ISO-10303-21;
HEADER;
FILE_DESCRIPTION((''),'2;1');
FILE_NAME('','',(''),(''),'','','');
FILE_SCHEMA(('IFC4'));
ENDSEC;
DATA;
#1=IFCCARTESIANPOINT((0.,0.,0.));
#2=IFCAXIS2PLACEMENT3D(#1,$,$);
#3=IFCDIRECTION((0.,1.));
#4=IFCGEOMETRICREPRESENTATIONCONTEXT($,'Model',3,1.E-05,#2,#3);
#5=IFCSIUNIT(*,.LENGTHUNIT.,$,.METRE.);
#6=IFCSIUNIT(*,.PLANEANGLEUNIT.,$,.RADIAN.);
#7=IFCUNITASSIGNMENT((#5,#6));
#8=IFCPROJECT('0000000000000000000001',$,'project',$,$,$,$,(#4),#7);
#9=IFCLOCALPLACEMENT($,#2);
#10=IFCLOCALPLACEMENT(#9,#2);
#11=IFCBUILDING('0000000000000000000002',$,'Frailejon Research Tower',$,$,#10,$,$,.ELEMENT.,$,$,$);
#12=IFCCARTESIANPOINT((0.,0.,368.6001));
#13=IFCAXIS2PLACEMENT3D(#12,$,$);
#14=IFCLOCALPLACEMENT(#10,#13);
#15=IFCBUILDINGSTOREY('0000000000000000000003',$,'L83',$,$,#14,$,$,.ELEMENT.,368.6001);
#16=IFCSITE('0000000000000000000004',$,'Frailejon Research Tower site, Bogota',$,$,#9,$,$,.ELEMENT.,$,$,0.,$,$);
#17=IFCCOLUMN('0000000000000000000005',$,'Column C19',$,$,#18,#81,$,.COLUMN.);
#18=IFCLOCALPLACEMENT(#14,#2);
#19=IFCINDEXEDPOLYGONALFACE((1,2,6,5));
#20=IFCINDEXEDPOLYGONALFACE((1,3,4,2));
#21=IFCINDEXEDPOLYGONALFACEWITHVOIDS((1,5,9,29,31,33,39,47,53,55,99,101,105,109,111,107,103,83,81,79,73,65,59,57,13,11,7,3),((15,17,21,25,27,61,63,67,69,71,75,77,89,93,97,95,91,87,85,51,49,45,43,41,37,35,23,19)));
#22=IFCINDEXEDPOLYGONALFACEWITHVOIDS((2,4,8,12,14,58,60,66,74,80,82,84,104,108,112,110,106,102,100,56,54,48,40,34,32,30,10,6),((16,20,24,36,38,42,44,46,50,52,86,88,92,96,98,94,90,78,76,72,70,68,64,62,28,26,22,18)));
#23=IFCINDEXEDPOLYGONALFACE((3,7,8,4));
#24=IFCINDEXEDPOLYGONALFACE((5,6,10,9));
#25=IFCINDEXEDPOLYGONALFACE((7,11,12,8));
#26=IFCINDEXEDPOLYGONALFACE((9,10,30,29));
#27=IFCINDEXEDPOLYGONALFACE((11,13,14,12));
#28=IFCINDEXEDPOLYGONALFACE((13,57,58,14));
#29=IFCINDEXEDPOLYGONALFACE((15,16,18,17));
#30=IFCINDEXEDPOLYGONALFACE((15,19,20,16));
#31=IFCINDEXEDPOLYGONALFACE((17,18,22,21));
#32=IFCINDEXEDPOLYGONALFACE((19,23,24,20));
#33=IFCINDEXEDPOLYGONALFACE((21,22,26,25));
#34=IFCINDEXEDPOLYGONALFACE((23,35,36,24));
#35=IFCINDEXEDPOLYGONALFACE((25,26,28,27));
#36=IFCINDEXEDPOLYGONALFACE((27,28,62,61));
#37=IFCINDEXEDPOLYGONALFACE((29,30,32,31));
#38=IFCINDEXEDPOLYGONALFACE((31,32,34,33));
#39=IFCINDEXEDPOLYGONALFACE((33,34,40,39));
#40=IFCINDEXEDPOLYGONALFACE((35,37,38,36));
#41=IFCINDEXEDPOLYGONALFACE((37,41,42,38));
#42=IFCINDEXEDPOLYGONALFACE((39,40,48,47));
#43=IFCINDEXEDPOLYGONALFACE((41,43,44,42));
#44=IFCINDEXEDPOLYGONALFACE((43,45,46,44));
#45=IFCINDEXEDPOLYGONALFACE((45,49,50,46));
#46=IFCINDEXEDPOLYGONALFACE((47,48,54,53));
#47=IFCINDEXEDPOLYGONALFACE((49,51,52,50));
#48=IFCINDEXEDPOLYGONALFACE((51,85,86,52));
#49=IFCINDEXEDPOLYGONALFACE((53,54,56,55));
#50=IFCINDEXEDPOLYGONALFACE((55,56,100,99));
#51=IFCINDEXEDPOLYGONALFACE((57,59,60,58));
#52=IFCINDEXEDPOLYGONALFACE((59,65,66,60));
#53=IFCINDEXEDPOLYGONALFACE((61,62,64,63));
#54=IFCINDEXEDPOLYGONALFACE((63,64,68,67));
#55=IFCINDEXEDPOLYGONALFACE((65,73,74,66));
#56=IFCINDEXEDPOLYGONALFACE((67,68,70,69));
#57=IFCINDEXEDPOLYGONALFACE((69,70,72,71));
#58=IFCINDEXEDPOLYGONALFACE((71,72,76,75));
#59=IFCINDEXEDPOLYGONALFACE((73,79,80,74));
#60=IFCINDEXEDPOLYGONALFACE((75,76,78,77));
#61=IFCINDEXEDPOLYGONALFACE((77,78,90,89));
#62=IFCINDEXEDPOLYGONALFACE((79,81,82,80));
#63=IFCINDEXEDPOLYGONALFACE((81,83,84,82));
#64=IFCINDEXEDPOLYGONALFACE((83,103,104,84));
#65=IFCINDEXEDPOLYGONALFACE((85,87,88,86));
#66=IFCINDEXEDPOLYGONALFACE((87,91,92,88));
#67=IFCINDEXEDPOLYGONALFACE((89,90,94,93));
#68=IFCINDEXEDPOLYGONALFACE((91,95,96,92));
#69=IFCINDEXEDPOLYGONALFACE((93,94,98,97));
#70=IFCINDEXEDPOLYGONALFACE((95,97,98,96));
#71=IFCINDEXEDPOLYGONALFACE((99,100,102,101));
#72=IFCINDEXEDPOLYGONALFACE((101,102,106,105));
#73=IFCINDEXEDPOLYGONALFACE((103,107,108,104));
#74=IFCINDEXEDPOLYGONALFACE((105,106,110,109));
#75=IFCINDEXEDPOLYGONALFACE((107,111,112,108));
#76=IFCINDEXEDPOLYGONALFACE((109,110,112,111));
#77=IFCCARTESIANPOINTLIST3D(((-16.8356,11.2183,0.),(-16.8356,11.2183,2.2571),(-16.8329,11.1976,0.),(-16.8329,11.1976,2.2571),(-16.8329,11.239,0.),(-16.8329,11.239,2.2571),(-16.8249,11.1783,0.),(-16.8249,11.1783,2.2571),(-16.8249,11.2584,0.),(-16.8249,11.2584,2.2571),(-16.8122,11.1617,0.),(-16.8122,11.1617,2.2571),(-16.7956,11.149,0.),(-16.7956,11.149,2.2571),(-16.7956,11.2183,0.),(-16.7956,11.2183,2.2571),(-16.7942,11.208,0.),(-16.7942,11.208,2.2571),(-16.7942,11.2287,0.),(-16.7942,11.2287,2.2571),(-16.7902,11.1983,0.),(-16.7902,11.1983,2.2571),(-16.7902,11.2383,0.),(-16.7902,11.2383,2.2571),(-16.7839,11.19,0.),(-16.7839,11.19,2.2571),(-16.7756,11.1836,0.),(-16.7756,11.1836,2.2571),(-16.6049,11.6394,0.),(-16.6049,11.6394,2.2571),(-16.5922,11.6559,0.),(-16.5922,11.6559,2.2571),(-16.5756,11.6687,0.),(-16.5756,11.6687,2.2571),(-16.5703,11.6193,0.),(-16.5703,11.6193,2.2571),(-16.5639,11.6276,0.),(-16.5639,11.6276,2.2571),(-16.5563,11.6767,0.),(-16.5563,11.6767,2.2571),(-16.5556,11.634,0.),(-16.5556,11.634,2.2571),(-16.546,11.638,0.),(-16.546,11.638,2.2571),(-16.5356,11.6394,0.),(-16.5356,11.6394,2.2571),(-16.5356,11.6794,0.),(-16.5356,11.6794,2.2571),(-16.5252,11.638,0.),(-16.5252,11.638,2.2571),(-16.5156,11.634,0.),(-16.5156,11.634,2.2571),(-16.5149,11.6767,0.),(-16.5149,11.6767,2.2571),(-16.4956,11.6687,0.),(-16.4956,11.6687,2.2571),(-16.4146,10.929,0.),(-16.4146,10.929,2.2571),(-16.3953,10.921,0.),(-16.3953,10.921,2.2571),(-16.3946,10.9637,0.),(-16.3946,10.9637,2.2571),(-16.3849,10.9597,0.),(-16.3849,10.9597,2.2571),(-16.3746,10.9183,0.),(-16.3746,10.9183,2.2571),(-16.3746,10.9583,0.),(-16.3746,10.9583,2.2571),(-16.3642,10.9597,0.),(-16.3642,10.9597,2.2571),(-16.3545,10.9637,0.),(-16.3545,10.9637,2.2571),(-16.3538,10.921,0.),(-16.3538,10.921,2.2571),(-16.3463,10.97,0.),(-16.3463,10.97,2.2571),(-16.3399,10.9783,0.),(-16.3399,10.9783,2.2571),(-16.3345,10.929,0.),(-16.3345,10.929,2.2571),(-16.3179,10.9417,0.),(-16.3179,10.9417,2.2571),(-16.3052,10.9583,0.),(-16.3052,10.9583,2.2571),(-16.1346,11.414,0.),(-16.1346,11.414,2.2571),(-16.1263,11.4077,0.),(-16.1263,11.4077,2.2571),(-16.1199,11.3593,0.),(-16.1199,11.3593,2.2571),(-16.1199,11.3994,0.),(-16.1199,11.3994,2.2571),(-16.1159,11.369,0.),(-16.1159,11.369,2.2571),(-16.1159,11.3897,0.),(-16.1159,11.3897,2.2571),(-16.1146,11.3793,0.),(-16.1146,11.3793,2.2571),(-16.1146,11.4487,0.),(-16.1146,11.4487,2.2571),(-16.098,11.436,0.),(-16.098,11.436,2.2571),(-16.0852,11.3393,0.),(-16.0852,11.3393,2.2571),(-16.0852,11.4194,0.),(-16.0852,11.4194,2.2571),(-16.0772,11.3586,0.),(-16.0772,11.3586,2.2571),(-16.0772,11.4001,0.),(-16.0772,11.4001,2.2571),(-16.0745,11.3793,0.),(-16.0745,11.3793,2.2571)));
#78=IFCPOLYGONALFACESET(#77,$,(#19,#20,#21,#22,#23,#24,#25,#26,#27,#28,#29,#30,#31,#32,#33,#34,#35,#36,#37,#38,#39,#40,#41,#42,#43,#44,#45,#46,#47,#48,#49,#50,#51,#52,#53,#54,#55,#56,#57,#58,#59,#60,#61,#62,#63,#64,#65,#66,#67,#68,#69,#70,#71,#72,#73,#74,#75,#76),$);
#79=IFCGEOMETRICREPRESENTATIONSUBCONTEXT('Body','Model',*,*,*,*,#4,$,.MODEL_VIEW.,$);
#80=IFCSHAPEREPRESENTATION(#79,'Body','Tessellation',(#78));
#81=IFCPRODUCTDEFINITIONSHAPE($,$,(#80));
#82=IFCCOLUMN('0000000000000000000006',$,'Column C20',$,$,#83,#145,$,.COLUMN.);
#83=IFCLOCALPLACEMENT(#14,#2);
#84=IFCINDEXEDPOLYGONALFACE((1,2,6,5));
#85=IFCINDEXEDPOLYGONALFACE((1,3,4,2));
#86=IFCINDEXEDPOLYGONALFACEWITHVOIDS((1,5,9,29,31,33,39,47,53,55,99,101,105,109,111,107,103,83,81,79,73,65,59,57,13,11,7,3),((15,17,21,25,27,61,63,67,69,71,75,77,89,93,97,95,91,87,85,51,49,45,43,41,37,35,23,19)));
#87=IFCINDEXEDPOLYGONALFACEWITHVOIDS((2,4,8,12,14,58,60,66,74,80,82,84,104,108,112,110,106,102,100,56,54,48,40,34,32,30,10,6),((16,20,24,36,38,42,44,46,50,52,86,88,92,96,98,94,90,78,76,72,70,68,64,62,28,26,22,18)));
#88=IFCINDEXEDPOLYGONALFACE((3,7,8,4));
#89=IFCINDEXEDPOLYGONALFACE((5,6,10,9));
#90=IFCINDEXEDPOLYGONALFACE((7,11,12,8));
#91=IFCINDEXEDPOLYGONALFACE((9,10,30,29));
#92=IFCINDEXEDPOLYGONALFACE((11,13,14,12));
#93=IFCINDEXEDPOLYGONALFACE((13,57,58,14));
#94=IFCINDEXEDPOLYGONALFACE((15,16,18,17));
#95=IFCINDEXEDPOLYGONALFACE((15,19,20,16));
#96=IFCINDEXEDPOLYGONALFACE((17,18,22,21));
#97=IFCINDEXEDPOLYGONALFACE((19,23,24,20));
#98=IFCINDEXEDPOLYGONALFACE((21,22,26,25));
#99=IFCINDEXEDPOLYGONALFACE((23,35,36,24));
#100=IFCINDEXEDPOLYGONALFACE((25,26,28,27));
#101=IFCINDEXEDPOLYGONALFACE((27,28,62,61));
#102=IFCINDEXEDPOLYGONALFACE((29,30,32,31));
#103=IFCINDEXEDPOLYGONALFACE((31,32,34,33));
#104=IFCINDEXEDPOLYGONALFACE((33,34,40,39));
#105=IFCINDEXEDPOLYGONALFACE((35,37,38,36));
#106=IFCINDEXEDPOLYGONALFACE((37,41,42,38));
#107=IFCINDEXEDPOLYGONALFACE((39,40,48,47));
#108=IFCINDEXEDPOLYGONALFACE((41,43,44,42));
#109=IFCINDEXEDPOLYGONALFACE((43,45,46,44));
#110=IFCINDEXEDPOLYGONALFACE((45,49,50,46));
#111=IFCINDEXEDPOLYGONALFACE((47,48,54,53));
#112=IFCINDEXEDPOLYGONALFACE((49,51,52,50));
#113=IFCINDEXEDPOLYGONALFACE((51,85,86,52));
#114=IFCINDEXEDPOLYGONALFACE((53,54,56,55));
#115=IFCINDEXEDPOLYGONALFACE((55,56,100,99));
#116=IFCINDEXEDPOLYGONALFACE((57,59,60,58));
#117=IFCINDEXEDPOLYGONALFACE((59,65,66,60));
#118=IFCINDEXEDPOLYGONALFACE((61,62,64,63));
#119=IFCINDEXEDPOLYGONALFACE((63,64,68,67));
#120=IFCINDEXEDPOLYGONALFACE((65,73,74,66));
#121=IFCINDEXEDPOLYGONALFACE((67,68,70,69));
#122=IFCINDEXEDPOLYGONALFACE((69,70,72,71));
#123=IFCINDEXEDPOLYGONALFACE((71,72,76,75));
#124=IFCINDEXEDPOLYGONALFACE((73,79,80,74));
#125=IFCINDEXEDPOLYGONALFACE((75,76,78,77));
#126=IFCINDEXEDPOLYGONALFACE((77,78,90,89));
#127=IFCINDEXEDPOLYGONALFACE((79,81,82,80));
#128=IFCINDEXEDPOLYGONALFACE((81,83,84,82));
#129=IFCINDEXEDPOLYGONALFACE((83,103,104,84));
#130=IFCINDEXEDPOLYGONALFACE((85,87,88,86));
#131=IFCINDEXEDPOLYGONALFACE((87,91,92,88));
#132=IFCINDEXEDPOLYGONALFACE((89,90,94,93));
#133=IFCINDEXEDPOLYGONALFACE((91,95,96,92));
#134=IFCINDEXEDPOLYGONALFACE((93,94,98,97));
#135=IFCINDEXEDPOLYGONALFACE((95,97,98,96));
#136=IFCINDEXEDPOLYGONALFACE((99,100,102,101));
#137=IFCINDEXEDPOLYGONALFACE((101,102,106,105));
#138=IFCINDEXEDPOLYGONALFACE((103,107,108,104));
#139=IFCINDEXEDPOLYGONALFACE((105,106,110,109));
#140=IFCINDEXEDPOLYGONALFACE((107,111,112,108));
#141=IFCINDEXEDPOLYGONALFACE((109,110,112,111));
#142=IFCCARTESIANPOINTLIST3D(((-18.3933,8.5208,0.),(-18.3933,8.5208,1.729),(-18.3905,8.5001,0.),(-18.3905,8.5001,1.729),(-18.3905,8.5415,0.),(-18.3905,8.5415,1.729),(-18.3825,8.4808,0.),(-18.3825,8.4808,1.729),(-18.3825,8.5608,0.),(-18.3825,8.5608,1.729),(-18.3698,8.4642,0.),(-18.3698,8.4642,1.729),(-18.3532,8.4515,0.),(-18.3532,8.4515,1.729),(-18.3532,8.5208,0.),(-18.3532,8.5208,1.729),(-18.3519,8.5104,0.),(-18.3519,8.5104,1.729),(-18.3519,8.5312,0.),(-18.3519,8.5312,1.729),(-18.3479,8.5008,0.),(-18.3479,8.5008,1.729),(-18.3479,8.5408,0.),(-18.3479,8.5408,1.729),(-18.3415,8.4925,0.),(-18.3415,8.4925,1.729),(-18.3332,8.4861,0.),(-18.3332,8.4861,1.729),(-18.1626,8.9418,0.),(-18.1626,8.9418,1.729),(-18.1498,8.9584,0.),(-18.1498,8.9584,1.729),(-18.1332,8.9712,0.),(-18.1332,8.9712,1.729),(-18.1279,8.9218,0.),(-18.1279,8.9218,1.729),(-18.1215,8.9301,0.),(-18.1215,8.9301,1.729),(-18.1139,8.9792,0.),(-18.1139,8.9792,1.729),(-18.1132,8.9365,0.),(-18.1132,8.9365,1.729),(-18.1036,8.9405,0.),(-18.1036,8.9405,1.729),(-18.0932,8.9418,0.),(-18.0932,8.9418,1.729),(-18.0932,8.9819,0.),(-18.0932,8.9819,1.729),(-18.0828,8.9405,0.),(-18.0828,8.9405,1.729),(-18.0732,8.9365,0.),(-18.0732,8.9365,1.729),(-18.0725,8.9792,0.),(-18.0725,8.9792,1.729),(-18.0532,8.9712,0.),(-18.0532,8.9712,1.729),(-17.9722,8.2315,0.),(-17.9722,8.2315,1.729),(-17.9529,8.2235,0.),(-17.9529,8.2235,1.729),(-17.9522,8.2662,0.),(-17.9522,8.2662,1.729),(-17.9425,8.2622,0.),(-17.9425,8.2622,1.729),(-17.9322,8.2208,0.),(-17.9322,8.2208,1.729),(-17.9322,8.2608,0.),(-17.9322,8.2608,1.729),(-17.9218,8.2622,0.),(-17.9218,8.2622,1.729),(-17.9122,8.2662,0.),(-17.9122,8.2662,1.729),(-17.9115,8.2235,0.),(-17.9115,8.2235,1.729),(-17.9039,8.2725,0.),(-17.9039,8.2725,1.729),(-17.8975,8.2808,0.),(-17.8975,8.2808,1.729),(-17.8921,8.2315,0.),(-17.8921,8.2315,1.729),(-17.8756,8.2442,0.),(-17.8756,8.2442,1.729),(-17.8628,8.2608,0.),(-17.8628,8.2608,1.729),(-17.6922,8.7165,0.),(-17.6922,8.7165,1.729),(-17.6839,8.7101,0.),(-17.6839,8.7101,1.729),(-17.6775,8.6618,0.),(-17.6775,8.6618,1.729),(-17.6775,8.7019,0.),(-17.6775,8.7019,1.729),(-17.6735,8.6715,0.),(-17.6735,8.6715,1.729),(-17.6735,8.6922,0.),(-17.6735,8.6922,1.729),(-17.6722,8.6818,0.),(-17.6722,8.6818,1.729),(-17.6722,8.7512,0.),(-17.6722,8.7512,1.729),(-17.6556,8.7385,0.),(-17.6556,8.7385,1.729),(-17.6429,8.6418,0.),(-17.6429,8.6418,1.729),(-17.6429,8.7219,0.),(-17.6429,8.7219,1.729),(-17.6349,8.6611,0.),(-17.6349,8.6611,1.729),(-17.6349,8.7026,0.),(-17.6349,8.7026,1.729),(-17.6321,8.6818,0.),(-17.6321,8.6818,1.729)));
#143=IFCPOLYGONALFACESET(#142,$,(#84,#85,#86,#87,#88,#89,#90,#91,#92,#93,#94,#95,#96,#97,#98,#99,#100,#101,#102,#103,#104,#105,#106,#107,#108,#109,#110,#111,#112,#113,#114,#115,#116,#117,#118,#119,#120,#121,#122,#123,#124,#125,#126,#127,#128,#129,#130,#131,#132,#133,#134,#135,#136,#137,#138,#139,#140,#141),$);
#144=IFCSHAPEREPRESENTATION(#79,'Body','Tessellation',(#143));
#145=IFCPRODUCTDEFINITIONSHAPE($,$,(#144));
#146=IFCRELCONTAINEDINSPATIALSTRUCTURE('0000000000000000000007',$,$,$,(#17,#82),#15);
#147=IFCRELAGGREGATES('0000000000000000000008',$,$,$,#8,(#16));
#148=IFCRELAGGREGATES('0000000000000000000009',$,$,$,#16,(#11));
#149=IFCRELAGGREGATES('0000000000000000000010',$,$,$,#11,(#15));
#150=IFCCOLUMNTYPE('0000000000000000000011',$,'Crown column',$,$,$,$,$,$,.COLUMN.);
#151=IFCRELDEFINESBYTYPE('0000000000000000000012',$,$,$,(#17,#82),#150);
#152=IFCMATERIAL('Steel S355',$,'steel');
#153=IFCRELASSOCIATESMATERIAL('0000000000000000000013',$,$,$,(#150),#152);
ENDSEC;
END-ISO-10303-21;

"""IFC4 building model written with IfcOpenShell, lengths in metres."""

from ifc_helpers import new_model, si_unit, direction, frame, origin, origin_2d, place, context, subcontext, project, spatial, hollow_rectangle, extrude, material, material_profile, profile_set, type_object, element, save


model = new_model("IFC4")

# Units and contexts
model_context = context("Model", 3, precision=1e-05, world=origin(), true_north=direction((0.0, 1.0)))
body_context = subcontext(model_context, "Body", "Model", "MODEL_VIEW")
ifc_project = project(units=[si_unit("LENGTHUNIT", "METRE"), si_unit("PLANEANGLEUNIT", "RADIAN")], contexts=[model_context])

# Site, building, storey
site_placement = place(None, origin())
site = spatial("IfcSite", under=ifc_project, at=site_placement, Name="Frailejon Research Tower site, Bogota", CompositionType="ELEMENT", RefElevation=0.0)
building_placement = place(site_placement, origin())
building = spatial("IfcBuilding", under=site, at=building_placement, Name="Frailejon Research Tower", CompositionType="ELEMENT")
storey_placement = place(building_placement, frame((0.0, 0.0, 368.6001)))
storey = spatial("IfcBuildingStorey", under=building, at=storey_placement, Name="L83", CompositionType="ELEMENT", Elevation=368.6001)

# Columns
ifc_material_1 = material(Name="Steel S355", Category="steel")
ifc_material_profile_1 = material_profile(ifc_material_1, hollow_rectangle(XDim=0.6001, YDim=0.6001, WallThickness=0.04, InnerFilletRadius=0.04, OuterFilletRadius=0.0801, at=origin_2d()), Name="Crown column")
ifc_profile_set_1 = profile_set([ifc_material_profile_1], Name="Steel S355")
column_type = type_object("IfcColumnType", Name="Crown column", PredefinedType="COLUMN", material=ifc_profile_set_1)
column_1_placement = place(storey_placement, frame((-16.4551, 11.2988, 0.0), z_axis=(0.0, 0.0, 1.0), x_axis=(-0.5, -0.866025, 0.0)))
element("IfcColumn", 1, at=column_1_placement, inside=storey, type_object=column_type, Name="Column C19", PredefinedType="COLUMN", context=body_context, shape_type="SweptSolid", body=[
    extrude(hollow_rectangle(XDim=0.6001, YDim=0.6001, WallThickness=0.04, InnerFilletRadius=0.04, OuterFilletRadius=0.0801, at=origin_2d()), origin(), (0.0, 0.0, 1.0), 2.2571),
])
column_2_placement = place(storey_placement, frame((-18.0127, 8.6013, 0.0), z_axis=(0.0, 0.0, 1.0), x_axis=(-0.5, -0.866025, 0.0)))
element("IfcColumn", 2, at=column_2_placement, inside=storey, type_object=column_type, Name="Column C20", PredefinedType="COLUMN", context=body_context, shape_type="SweptSolid", body=[
    extrude(hollow_rectangle(XDim=0.6001, YDim=0.6001, WallThickness=0.04, InnerFilletRadius=0.04, OuterFilletRadius=0.0801, at=origin_2d()), origin(), (0.0, 0.0, 1.0), 1.729),
])

save(model, "model.ifc")
